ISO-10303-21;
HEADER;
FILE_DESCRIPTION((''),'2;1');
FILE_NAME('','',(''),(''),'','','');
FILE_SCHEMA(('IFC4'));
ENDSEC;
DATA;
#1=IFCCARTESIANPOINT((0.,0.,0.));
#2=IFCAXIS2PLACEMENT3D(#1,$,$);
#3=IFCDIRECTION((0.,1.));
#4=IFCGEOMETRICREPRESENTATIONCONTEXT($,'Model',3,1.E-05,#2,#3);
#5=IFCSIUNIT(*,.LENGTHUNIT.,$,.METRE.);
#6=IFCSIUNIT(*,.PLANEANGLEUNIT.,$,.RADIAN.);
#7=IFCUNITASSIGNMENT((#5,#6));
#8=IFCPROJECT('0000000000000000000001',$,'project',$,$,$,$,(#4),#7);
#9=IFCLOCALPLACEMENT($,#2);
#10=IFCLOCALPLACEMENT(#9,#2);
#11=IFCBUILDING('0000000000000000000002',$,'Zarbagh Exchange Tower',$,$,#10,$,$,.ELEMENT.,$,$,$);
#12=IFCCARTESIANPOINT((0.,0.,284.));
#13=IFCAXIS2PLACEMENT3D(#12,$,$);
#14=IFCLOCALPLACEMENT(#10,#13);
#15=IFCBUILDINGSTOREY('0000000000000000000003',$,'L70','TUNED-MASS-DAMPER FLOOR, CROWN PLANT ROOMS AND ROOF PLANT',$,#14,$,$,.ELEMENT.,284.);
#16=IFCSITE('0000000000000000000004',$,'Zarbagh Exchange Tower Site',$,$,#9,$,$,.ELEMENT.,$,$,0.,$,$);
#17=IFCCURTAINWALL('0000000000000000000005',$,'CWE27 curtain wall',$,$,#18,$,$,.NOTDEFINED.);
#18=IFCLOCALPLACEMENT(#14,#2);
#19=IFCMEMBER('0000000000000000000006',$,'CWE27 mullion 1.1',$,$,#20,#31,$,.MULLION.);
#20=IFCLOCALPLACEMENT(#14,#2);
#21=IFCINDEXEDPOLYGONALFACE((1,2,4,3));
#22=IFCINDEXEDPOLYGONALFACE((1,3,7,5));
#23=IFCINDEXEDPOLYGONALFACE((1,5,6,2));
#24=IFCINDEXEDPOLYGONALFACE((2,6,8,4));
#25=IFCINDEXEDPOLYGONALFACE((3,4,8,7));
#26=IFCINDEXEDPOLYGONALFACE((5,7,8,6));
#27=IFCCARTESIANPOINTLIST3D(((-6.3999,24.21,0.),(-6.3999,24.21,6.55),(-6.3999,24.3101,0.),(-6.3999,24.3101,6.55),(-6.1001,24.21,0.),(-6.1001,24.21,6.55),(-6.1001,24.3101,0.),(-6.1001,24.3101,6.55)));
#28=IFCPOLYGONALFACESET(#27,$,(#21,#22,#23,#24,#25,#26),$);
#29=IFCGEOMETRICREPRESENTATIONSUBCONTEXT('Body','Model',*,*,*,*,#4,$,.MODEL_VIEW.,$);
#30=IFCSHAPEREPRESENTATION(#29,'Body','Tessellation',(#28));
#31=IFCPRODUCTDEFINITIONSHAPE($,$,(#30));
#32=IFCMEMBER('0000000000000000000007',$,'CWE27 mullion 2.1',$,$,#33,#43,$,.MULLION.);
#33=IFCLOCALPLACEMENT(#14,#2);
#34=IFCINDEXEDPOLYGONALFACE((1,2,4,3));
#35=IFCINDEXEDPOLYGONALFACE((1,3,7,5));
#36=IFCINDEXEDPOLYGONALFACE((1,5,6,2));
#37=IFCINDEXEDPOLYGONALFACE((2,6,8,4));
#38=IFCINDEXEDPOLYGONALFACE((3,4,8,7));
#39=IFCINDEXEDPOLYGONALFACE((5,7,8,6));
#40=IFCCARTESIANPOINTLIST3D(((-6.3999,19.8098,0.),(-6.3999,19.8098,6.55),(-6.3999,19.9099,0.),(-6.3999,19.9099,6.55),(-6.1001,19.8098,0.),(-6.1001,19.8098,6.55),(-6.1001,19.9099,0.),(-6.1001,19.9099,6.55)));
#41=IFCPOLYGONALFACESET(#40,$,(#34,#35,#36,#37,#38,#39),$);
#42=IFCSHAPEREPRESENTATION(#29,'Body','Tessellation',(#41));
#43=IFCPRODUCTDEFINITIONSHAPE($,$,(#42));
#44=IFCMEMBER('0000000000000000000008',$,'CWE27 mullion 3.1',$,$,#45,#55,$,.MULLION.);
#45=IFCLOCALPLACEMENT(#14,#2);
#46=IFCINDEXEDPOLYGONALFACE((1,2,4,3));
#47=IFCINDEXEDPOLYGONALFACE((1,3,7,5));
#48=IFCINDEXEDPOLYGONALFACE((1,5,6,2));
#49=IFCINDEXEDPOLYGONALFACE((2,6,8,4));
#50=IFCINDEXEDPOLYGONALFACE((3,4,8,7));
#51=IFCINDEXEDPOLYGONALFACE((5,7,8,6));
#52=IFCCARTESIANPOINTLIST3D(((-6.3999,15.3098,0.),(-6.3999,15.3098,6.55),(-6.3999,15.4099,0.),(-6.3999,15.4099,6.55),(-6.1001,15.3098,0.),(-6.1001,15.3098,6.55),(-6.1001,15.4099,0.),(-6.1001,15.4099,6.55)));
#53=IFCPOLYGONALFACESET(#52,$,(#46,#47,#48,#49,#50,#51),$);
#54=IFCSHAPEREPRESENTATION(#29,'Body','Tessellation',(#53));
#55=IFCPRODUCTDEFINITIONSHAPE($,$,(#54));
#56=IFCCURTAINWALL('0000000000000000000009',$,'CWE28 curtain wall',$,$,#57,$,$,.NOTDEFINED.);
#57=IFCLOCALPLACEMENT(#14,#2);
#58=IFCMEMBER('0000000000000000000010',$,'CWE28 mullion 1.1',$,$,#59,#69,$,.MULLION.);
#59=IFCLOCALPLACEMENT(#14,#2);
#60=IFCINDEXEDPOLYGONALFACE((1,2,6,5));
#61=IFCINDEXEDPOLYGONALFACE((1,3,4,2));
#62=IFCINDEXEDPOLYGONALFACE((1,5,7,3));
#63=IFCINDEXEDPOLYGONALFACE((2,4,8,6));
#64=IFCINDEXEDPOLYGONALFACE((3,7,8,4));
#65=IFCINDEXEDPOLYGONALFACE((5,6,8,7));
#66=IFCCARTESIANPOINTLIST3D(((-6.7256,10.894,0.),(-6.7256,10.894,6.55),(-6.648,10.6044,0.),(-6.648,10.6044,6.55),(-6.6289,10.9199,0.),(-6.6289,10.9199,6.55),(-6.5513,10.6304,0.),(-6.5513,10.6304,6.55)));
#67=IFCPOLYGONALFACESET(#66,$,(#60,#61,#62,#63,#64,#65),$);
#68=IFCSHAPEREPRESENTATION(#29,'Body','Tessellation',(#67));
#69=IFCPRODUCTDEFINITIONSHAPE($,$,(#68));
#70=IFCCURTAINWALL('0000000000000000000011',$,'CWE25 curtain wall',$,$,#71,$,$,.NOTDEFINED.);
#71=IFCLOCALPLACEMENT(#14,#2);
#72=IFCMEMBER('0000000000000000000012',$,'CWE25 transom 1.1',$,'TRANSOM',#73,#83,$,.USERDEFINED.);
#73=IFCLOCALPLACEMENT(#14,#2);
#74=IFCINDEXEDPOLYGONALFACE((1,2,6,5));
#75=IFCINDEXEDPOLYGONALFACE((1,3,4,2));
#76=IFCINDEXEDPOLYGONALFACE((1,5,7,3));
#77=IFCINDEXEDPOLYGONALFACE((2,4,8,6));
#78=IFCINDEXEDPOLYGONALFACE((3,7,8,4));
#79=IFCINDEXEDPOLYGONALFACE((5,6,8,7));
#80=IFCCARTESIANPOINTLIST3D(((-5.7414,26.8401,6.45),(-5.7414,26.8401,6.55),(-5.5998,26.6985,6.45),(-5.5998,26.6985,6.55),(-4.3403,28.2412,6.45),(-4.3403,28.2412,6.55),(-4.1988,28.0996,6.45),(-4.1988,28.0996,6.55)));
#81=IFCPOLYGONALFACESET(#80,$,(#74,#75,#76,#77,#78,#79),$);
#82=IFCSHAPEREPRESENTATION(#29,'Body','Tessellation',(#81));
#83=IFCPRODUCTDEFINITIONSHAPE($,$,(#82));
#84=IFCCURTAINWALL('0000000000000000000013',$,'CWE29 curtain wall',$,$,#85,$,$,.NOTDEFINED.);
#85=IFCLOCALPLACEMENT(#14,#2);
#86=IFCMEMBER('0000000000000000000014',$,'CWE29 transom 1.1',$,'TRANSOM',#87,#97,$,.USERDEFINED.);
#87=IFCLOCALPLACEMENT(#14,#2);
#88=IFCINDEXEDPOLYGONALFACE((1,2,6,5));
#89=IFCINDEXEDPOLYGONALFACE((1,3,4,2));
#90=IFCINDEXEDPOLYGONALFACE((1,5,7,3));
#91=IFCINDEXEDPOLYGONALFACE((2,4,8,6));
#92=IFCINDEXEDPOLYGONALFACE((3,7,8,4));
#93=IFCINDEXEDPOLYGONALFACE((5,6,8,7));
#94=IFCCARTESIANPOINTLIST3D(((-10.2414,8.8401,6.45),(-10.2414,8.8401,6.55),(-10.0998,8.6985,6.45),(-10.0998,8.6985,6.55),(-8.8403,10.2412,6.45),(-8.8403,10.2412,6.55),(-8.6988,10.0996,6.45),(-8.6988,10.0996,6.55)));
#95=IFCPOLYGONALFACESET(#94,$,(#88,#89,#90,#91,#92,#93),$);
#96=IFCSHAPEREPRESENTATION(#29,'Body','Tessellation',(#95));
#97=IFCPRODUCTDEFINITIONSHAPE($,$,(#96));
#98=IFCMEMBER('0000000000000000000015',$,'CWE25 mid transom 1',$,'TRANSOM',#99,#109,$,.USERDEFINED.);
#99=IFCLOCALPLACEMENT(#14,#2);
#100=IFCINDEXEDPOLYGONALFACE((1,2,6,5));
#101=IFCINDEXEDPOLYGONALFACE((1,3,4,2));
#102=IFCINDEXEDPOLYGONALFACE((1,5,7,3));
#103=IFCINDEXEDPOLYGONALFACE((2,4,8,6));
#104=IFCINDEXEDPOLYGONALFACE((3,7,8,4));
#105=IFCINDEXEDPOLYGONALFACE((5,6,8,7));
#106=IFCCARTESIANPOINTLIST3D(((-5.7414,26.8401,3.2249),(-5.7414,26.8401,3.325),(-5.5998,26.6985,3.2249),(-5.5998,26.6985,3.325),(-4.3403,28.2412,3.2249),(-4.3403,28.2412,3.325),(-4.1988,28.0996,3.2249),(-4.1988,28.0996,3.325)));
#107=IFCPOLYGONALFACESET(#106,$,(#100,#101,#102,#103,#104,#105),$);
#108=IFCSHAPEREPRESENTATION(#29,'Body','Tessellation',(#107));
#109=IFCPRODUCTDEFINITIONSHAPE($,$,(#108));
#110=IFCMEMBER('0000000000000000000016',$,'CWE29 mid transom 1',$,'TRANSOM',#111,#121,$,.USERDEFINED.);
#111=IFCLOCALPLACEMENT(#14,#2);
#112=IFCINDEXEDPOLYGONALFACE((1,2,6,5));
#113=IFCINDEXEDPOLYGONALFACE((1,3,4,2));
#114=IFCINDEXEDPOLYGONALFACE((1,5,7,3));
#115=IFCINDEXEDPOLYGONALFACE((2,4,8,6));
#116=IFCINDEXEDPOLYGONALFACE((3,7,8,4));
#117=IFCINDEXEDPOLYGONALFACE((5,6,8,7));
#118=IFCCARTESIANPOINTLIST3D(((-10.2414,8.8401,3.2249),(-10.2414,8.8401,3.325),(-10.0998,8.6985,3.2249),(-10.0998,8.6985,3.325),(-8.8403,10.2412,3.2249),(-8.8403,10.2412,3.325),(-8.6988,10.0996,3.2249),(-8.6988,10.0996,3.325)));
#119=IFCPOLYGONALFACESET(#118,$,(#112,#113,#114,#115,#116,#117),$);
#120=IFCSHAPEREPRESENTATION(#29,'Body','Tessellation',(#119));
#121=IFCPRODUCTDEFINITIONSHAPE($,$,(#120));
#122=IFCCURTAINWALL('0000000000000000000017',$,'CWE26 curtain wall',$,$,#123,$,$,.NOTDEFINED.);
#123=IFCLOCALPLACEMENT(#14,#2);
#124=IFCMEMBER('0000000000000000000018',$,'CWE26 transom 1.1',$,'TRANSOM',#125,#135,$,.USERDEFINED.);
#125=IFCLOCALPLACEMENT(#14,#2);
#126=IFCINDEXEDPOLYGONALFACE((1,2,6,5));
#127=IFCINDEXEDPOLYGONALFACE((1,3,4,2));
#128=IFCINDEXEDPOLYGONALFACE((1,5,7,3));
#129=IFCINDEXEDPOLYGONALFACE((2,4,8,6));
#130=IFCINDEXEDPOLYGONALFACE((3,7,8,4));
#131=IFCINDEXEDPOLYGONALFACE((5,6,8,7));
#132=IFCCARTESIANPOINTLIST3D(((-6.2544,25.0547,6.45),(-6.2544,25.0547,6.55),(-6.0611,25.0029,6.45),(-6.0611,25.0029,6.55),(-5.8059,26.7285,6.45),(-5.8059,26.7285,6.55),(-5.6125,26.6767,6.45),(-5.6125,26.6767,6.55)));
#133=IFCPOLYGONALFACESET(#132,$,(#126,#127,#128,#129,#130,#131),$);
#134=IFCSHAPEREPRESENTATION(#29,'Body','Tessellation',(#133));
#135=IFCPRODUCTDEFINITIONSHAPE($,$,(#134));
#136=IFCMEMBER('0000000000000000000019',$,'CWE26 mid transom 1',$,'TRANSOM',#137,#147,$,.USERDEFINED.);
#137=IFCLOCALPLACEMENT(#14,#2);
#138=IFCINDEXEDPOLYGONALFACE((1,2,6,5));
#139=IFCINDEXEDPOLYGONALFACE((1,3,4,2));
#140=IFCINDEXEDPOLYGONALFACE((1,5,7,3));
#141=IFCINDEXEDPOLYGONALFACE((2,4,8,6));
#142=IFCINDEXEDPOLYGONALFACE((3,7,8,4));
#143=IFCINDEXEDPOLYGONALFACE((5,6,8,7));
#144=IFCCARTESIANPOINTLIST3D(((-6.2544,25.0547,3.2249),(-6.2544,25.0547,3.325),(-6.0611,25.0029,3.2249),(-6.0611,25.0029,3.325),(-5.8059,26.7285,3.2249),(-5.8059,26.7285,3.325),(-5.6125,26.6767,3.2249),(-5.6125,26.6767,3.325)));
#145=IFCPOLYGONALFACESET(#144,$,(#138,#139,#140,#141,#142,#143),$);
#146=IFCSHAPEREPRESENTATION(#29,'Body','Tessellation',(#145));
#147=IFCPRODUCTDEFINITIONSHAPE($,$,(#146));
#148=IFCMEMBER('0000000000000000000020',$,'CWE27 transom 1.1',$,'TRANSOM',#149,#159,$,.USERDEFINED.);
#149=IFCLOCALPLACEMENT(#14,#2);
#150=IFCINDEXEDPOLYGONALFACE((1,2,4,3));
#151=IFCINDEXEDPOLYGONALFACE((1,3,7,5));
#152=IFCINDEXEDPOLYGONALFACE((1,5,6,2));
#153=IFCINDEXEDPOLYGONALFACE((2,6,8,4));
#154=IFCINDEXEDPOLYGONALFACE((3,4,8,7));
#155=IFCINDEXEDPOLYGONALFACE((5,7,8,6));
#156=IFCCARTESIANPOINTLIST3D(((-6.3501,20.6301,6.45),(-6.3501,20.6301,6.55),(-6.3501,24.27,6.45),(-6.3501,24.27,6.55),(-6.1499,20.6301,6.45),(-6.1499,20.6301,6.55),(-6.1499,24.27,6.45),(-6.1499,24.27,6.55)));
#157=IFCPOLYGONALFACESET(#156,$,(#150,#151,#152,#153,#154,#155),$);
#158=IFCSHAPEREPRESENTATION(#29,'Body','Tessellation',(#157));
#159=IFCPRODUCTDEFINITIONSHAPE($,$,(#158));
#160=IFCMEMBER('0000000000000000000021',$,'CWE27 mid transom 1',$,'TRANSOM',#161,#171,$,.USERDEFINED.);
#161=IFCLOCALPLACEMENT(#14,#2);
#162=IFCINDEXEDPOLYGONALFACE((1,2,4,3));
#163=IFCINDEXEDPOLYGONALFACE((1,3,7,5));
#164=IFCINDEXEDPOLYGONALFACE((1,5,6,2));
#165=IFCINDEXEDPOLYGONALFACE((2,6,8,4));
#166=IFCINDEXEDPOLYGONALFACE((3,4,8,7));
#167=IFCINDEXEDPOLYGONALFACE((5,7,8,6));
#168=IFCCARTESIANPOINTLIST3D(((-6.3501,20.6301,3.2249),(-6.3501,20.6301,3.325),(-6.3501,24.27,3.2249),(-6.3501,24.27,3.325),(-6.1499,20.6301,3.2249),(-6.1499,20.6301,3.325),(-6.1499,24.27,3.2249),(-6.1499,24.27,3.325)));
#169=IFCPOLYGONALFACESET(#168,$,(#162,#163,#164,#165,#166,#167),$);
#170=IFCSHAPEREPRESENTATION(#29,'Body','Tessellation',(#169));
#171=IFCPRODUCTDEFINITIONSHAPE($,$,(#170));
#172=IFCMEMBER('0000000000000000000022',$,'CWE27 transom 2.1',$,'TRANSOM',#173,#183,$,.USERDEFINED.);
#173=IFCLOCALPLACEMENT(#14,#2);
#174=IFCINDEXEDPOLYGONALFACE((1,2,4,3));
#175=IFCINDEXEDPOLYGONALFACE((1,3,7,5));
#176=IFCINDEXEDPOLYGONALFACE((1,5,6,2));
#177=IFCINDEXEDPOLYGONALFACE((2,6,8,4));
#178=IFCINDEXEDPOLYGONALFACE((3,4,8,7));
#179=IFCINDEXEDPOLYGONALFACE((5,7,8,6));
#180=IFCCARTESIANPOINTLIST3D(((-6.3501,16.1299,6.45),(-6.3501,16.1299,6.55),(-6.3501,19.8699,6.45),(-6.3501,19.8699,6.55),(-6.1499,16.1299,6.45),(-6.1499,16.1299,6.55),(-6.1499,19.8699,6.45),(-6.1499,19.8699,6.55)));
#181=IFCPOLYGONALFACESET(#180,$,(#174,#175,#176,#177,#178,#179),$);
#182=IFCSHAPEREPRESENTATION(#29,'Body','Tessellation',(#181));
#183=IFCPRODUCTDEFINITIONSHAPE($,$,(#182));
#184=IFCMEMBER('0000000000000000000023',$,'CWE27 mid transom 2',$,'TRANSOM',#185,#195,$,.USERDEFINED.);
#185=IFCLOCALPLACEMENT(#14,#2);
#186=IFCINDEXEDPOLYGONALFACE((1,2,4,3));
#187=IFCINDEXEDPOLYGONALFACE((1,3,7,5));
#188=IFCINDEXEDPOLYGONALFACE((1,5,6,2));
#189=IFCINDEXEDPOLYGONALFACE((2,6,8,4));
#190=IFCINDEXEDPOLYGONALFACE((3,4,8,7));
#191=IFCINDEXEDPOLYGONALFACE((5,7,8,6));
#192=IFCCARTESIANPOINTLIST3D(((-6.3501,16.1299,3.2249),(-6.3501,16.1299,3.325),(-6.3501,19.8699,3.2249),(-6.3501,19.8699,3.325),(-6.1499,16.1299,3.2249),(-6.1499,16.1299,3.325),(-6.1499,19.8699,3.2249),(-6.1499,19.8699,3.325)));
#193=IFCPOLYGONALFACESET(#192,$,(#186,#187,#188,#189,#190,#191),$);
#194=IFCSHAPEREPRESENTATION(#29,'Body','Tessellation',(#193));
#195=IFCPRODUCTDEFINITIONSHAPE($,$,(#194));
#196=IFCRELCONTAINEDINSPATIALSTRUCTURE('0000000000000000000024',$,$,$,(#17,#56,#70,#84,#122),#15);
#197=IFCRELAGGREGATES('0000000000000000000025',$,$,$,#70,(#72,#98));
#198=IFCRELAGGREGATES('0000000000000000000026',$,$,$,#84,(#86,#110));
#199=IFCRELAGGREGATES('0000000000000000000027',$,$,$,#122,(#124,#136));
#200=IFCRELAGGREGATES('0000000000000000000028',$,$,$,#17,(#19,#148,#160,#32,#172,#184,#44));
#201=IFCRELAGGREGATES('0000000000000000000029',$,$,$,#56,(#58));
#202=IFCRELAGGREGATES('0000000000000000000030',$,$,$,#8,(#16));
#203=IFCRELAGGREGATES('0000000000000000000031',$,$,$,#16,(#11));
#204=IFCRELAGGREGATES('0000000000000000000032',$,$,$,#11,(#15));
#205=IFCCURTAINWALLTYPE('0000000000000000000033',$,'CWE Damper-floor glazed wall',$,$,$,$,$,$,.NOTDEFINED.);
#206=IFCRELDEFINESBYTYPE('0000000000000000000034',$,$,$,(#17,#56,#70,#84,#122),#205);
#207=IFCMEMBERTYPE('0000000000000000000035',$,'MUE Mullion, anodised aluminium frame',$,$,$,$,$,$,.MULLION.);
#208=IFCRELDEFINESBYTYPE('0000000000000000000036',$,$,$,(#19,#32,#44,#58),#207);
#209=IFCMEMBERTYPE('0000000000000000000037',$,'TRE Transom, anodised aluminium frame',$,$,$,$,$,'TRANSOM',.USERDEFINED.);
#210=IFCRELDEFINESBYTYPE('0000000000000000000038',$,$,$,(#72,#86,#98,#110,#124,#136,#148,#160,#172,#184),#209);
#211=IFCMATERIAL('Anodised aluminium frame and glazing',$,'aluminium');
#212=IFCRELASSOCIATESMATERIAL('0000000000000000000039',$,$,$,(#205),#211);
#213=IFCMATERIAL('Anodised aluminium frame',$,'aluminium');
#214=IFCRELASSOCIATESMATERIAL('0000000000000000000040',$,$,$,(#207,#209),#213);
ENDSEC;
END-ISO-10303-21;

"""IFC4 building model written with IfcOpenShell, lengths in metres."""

from ifc_helpers import new_model, si_unit, direction, frame, origin, place, context, subcontext, project, spatial, polyline, outline, extrude, source, transform, mapped, material, type_object, element, aggregate, save


model = new_model("IFC4")

# Units and contexts
model_context = context("Model", 3, precision=1e-05, world=origin(), true_north=direction((0.0, 1.0)))
body_context = subcontext(model_context, "Body", "Model", "MODEL_VIEW")
ifc_project = project(units=[si_unit("LENGTHUNIT", "METRE"), si_unit("PLANEANGLEUNIT", "RADIAN")], contexts=[model_context])

# Site, building, storey
site_placement = place(None, origin())
site = spatial("IfcSite", under=ifc_project, at=site_placement, Name="Zarbagh Exchange Tower Site", CompositionType="ELEMENT", RefElevation=0.0)
building_placement = place(site_placement, origin())
building = spatial("IfcBuilding", under=site, at=building_placement, Name="Zarbagh Exchange Tower", CompositionType="ELEMENT")
storey_placement = place(building_placement, frame((0.0, 0.0, 284.0)))
storey = spatial("IfcBuildingStorey", under=building, at=storey_placement, Name="L70", Description="TUNED-MASS-DAMPER FLOOR, CROWN PLANT ROOMS AND ROOF PLANT", CompositionType="ELEMENT", Elevation=284.0)

# Curtain wall, members
ifc_material_1 = material(Name="Anodised aluminium frame and glazing", Category="aluminium")
curtain_wall_type = type_object("IfcCurtainWallType", Name="CWE Damper-floor glazed wall", PredefinedType="NOTDEFINED", material=ifc_material_1)
curtain_wall_1_placement = place(storey_placement, origin())
curtain_wall_1 = element("IfcCurtainWall", 1, at=curtain_wall_1_placement, inside=storey, type_object=curtain_wall_type, Name="CWE27 curtain wall", PredefinedType="NOTDEFINED")
ifc_material_2 = material(Name="Anodised aluminium frame", Category="aluminium")
member_type_1 = type_object("IfcMemberType", Name="MUE Mullion, anodised aluminium frame", PredefinedType="MULLION", material=ifc_material_2)
shared_shape_1 = source(origin(), body_context, "Body", "SweptSolid", [
    extrude(outline(polyline([(0.0, -0.1499), (0.1001, -0.1499), (0.1001, 0.1499), (0.0, 0.1499), (0.0, -0.1499)])), origin(), (0.0, 0.0, 1.0), 6.55),
])
placement = place(storey_placement, origin())
member_1 = element("IfcMember", 2, at=placement, type_object=member_type_1, Name="CWE27 mullion 1.1", PredefinedType="MULLION", context=body_context, shape_type="MappedRepresentation", body=[
    mapped(shared_shape_1, transform((-6.25, 24.3101, 0.0), x_axis=(0.0, -1.0, 0.0), y_axis=(1.0, 0.0, 0.0), z_axis=(0.0, 0.0, 1.0))),
])
member_2 = element("IfcMember", 3, at=placement, type_object=member_type_1, Name="CWE27 mullion 2.1", PredefinedType="MULLION", context=body_context, shape_type="MappedRepresentation", body=[
    mapped(shared_shape_1, transform((-6.25, 19.9099, 0.0), x_axis=(0.0, -1.0, 0.0), y_axis=(1.0, 0.0, 0.0), z_axis=(0.0, 0.0, 1.0))),
])
member_3 = element("IfcMember", 4, at=placement, type_object=member_type_1, Name="CWE27 mullion 3.1", PredefinedType="MULLION", context=body_context, shape_type="MappedRepresentation", body=[
    mapped(shared_shape_1, transform((-6.25, 15.4099, 0.0), x_axis=(0.0, -1.0, 0.0), y_axis=(1.0, 0.0, 0.0), z_axis=(0.0, 0.0, 1.0))),
])

# Curtain walls, members
curtain_wall_2_placement = place(storey_placement, origin())
curtain_wall_2 = element("IfcCurtainWall", 5, at=curtain_wall_2_placement, inside=storey, type_object=curtain_wall_type, Name="CWE28 curtain wall", PredefinedType="NOTDEFINED")
member_4 = element("IfcMember", 6, at=placement, type_object=member_type_1, Name="CWE28 mullion 1.1", PredefinedType="MULLION", context=body_context, shape_type="MappedRepresentation", body=[
    mapped(shared_shape_1, transform((-6.5901, 10.7751, 0.0), x_axis=(-0.965924, -0.258825, 0.0), y_axis=(0.258825, -0.965924, 0.0), z_axis=(0.0, 0.0, 1.0))),
])
curtain_wall_3_placement = place(storey_placement, origin())
curtain_wall_3 = element("IfcCurtainWall", 7, at=curtain_wall_3_placement, inside=storey, type_object=curtain_wall_type, Name="CWE25 curtain wall", PredefinedType="NOTDEFINED")
member_type_2 = type_object("IfcMemberType", Name="TRE Transom, anodised aluminium frame", ElementType="TRANSOM", PredefinedType="USERDEFINED", material=ifc_material_2)
shared_shape_2 = source(origin(), body_context, "Body", "SweptSolid", [
    extrude(outline(polyline([(-0.1001, -0.1001), (0.0, -0.1001), (0.0, 0.1001), (-0.1001, 0.1001), (-0.1001, -0.1001)])), origin(), (0.0, 0.0, 1.0), 1.9814),
])
member_5 = element("IfcMember", 8, at=placement, type_object=member_type_2, Name="CWE25 transom 1.1", ObjectType="TRANSOM", PredefinedType="USERDEFINED", context=body_context, shape_type="MappedRepresentation", body=[
    mapped(shared_shape_2, transform((-4.2695, 28.1704, 6.55), x_axis=(0.0, 0.0, 1.0), y_axis=(-0.707107, 0.707107, 0.0), z_axis=(-0.707107, -0.707107, 0.0))),
])
curtain_wall_4_placement = place(storey_placement, origin())
curtain_wall_4 = element("IfcCurtainWall", 9, at=curtain_wall_4_placement, inside=storey, type_object=curtain_wall_type, Name="CWE29 curtain wall", PredefinedType="NOTDEFINED")
member_6 = element("IfcMember", 10, at=placement, type_object=member_type_2, Name="CWE29 transom 1.1", ObjectType="TRANSOM", PredefinedType="USERDEFINED", context=body_context, shape_type="MappedRepresentation", body=[
    mapped(shared_shape_2, transform((-8.7695, 10.1704, 6.55), x_axis=(0.0, 0.0, 1.0), y_axis=(-0.707107, 0.707107, 0.0), z_axis=(-0.707107, -0.707107, 0.0))),
])

# Members
shared_shape_3 = source(origin(), body_context, "Body", "SweptSolid", [
    extrude(outline(polyline([(-0.05, -0.1001), (0.05, -0.1001), (0.05, 0.1001), (-0.05, 0.1001), (-0.05, -0.1001)])), origin(), (0.0, 0.0, 1.0), 1.9814),
])
member_7 = element("IfcMember", 11, at=placement, type_object=member_type_2, Name="CWE25 mid transom 1", ObjectType="TRANSOM", PredefinedType="USERDEFINED", context=body_context, shape_type="MappedRepresentation", body=[
    mapped(shared_shape_3, transform((-4.2695, 28.1704, 3.2749), x_axis=(0.0, 0.0, 1.0), y_axis=(-0.707107, 0.707107, 0.0), z_axis=(-0.707107, -0.707107, 0.0))),
])
member_8 = element("IfcMember", 12, at=placement, type_object=member_type_2, Name="CWE29 mid transom 1", ObjectType="TRANSOM", PredefinedType="USERDEFINED", context=body_context, shape_type="MappedRepresentation", body=[
    mapped(shared_shape_3, transform((-8.7695, 10.1704, 3.2749), x_axis=(0.0, 0.0, 1.0), y_axis=(-0.707107, 0.707107, 0.0), z_axis=(-0.707107, -0.707107, 0.0))),
])

# Curtain wall, members
curtain_wall_5_placement = place(storey_placement, origin())
curtain_wall_5 = element("IfcCurtainWall", 13, at=curtain_wall_5_placement, inside=storey, type_object=curtain_wall_type, Name="CWE26 curtain wall", PredefinedType="NOTDEFINED")
shared_shape_4 = source(origin(), body_context, "Body", "SweptSolid", [
    extrude(outline(polyline([(-0.1001, -0.1001), (0.0, -0.1001), (0.0, 0.1001), (-0.1001, 0.1001), (-0.1001, -0.1001)])), origin(), (0.0, 0.0, 1.0), 1.7329),
])
member_9 = element("IfcMember", 14, at=placement, type_object=member_type_2, Name="CWE26 transom 1.1", ObjectType="TRANSOM", PredefinedType="USERDEFINED", context=body_context, shape_type="MappedRepresentation", body=[
    mapped(shared_shape_4, transform((-5.7092, 26.7026, 6.55), x_axis=(0.0, 0.0, 1.0), y_axis=(-0.965924, 0.258825, 0.0), z_axis=(-0.258825, -0.965924, 0.0))),
])
shared_shape_5 = source(origin(), body_context, "Body", "SweptSolid", [
    extrude(outline(polyline([(-0.05, -0.1001), (0.05, -0.1001), (0.05, 0.1001), (-0.05, 0.1001), (-0.05, -0.1001)])), origin(), (0.0, 0.0, 1.0), 1.7329),
])
member_10 = element("IfcMember", 15, at=placement, type_object=member_type_2, Name="CWE26 mid transom 1", ObjectType="TRANSOM", PredefinedType="USERDEFINED", context=body_context, shape_type="MappedRepresentation", body=[
    mapped(shared_shape_5, transform((-5.7092, 26.7026, 3.2749), x_axis=(0.0, 0.0, 1.0), y_axis=(-0.965924, 0.258825, 0.0), z_axis=(-0.258825, -0.965924, 0.0))),
])

# Members
shared_shape_6 = source(origin(), body_context, "Body", "SweptSolid", [
    extrude(outline(polyline([(-0.1001, -0.1001), (0.0, -0.1001), (0.0, 0.1001), (-0.1001, 0.1001), (-0.1001, -0.1001)])), origin(), (0.0, 0.0, 1.0), 3.6399),
])
member_11 = element("IfcMember", 16, at=placement, type_object=member_type_2, Name="CWE27 transom 1.1", ObjectType="TRANSOM", PredefinedType="USERDEFINED", context=body_context, shape_type="MappedRepresentation", body=[
    mapped(shared_shape_6, transform((-6.25, 24.27, 6.55), x_axis=(0.0, 0.0, 1.0), y_axis=(-1.0, 0.0, 0.0), z_axis=(0.0, -1.0, 0.0))),
])
shared_shape_7 = source(origin(), body_context, "Body", "SweptSolid", [
    extrude(outline(polyline([(-0.05, -0.1001), (0.05, -0.1001), (0.05, 0.1001), (-0.05, 0.1001), (-0.05, -0.1001)])), origin(), (0.0, 0.0, 1.0), 3.6399),
])
member_12 = element("IfcMember", 17, at=placement, type_object=member_type_2, Name="CWE27 mid transom 1", ObjectType="TRANSOM", PredefinedType="USERDEFINED", context=body_context, shape_type="MappedRepresentation", body=[
    mapped(shared_shape_7, transform((-6.25, 24.27, 3.2749), x_axis=(0.0, 0.0, 1.0), y_axis=(-1.0, 0.0, 0.0), z_axis=(0.0, -1.0, 0.0))),
])
shared_shape_8 = source(origin(), body_context, "Body", "SweptSolid", [
    extrude(outline(polyline([(-0.1001, -0.1001), (0.0, -0.1001), (0.0, 0.1001), (-0.1001, 0.1001), (-0.1001, -0.1001)])), origin(), (0.0, 0.0, 1.0), 3.74),
])
member_13 = element("IfcMember", 18, at=placement, type_object=member_type_2, Name="CWE27 transom 2.1", ObjectType="TRANSOM", PredefinedType="USERDEFINED", context=body_context, shape_type="MappedRepresentation", body=[
    mapped(shared_shape_8, transform((-6.25, 19.8699, 6.55), x_axis=(0.0, 0.0, 1.0), y_axis=(-1.0, 0.0, 0.0), z_axis=(0.0, -1.0, 0.0))),
])
shared_shape_9 = source(origin(), body_context, "Body", "SweptSolid", [
    extrude(outline(polyline([(-0.05, -0.1001), (0.05, -0.1001), (0.05, 0.1001), (-0.05, 0.1001), (-0.05, -0.1001)])), origin(), (0.0, 0.0, 1.0), 3.74),
])
member_14 = element("IfcMember", 19, at=placement, type_object=member_type_2, Name="CWE27 mid transom 2", ObjectType="TRANSOM", PredefinedType="USERDEFINED", context=body_context, shape_type="MappedRepresentation", body=[
    mapped(shared_shape_9, transform((-6.25, 19.8699, 3.2749), x_axis=(0.0, 0.0, 1.0), y_axis=(-1.0, 0.0, 0.0), z_axis=(0.0, -1.0, 0.0))),
])

aggregate(curtain_wall_3, [member_5, member_7])
aggregate(curtain_wall_4, [member_6, member_8])
aggregate(curtain_wall_5, [member_9, member_10])
aggregate(curtain_wall_1, [member_1, member_11, member_12, member_2, member_13, member_14, member_3])
aggregate(curtain_wall_2, [member_4])

save(model, "model.ifc")
